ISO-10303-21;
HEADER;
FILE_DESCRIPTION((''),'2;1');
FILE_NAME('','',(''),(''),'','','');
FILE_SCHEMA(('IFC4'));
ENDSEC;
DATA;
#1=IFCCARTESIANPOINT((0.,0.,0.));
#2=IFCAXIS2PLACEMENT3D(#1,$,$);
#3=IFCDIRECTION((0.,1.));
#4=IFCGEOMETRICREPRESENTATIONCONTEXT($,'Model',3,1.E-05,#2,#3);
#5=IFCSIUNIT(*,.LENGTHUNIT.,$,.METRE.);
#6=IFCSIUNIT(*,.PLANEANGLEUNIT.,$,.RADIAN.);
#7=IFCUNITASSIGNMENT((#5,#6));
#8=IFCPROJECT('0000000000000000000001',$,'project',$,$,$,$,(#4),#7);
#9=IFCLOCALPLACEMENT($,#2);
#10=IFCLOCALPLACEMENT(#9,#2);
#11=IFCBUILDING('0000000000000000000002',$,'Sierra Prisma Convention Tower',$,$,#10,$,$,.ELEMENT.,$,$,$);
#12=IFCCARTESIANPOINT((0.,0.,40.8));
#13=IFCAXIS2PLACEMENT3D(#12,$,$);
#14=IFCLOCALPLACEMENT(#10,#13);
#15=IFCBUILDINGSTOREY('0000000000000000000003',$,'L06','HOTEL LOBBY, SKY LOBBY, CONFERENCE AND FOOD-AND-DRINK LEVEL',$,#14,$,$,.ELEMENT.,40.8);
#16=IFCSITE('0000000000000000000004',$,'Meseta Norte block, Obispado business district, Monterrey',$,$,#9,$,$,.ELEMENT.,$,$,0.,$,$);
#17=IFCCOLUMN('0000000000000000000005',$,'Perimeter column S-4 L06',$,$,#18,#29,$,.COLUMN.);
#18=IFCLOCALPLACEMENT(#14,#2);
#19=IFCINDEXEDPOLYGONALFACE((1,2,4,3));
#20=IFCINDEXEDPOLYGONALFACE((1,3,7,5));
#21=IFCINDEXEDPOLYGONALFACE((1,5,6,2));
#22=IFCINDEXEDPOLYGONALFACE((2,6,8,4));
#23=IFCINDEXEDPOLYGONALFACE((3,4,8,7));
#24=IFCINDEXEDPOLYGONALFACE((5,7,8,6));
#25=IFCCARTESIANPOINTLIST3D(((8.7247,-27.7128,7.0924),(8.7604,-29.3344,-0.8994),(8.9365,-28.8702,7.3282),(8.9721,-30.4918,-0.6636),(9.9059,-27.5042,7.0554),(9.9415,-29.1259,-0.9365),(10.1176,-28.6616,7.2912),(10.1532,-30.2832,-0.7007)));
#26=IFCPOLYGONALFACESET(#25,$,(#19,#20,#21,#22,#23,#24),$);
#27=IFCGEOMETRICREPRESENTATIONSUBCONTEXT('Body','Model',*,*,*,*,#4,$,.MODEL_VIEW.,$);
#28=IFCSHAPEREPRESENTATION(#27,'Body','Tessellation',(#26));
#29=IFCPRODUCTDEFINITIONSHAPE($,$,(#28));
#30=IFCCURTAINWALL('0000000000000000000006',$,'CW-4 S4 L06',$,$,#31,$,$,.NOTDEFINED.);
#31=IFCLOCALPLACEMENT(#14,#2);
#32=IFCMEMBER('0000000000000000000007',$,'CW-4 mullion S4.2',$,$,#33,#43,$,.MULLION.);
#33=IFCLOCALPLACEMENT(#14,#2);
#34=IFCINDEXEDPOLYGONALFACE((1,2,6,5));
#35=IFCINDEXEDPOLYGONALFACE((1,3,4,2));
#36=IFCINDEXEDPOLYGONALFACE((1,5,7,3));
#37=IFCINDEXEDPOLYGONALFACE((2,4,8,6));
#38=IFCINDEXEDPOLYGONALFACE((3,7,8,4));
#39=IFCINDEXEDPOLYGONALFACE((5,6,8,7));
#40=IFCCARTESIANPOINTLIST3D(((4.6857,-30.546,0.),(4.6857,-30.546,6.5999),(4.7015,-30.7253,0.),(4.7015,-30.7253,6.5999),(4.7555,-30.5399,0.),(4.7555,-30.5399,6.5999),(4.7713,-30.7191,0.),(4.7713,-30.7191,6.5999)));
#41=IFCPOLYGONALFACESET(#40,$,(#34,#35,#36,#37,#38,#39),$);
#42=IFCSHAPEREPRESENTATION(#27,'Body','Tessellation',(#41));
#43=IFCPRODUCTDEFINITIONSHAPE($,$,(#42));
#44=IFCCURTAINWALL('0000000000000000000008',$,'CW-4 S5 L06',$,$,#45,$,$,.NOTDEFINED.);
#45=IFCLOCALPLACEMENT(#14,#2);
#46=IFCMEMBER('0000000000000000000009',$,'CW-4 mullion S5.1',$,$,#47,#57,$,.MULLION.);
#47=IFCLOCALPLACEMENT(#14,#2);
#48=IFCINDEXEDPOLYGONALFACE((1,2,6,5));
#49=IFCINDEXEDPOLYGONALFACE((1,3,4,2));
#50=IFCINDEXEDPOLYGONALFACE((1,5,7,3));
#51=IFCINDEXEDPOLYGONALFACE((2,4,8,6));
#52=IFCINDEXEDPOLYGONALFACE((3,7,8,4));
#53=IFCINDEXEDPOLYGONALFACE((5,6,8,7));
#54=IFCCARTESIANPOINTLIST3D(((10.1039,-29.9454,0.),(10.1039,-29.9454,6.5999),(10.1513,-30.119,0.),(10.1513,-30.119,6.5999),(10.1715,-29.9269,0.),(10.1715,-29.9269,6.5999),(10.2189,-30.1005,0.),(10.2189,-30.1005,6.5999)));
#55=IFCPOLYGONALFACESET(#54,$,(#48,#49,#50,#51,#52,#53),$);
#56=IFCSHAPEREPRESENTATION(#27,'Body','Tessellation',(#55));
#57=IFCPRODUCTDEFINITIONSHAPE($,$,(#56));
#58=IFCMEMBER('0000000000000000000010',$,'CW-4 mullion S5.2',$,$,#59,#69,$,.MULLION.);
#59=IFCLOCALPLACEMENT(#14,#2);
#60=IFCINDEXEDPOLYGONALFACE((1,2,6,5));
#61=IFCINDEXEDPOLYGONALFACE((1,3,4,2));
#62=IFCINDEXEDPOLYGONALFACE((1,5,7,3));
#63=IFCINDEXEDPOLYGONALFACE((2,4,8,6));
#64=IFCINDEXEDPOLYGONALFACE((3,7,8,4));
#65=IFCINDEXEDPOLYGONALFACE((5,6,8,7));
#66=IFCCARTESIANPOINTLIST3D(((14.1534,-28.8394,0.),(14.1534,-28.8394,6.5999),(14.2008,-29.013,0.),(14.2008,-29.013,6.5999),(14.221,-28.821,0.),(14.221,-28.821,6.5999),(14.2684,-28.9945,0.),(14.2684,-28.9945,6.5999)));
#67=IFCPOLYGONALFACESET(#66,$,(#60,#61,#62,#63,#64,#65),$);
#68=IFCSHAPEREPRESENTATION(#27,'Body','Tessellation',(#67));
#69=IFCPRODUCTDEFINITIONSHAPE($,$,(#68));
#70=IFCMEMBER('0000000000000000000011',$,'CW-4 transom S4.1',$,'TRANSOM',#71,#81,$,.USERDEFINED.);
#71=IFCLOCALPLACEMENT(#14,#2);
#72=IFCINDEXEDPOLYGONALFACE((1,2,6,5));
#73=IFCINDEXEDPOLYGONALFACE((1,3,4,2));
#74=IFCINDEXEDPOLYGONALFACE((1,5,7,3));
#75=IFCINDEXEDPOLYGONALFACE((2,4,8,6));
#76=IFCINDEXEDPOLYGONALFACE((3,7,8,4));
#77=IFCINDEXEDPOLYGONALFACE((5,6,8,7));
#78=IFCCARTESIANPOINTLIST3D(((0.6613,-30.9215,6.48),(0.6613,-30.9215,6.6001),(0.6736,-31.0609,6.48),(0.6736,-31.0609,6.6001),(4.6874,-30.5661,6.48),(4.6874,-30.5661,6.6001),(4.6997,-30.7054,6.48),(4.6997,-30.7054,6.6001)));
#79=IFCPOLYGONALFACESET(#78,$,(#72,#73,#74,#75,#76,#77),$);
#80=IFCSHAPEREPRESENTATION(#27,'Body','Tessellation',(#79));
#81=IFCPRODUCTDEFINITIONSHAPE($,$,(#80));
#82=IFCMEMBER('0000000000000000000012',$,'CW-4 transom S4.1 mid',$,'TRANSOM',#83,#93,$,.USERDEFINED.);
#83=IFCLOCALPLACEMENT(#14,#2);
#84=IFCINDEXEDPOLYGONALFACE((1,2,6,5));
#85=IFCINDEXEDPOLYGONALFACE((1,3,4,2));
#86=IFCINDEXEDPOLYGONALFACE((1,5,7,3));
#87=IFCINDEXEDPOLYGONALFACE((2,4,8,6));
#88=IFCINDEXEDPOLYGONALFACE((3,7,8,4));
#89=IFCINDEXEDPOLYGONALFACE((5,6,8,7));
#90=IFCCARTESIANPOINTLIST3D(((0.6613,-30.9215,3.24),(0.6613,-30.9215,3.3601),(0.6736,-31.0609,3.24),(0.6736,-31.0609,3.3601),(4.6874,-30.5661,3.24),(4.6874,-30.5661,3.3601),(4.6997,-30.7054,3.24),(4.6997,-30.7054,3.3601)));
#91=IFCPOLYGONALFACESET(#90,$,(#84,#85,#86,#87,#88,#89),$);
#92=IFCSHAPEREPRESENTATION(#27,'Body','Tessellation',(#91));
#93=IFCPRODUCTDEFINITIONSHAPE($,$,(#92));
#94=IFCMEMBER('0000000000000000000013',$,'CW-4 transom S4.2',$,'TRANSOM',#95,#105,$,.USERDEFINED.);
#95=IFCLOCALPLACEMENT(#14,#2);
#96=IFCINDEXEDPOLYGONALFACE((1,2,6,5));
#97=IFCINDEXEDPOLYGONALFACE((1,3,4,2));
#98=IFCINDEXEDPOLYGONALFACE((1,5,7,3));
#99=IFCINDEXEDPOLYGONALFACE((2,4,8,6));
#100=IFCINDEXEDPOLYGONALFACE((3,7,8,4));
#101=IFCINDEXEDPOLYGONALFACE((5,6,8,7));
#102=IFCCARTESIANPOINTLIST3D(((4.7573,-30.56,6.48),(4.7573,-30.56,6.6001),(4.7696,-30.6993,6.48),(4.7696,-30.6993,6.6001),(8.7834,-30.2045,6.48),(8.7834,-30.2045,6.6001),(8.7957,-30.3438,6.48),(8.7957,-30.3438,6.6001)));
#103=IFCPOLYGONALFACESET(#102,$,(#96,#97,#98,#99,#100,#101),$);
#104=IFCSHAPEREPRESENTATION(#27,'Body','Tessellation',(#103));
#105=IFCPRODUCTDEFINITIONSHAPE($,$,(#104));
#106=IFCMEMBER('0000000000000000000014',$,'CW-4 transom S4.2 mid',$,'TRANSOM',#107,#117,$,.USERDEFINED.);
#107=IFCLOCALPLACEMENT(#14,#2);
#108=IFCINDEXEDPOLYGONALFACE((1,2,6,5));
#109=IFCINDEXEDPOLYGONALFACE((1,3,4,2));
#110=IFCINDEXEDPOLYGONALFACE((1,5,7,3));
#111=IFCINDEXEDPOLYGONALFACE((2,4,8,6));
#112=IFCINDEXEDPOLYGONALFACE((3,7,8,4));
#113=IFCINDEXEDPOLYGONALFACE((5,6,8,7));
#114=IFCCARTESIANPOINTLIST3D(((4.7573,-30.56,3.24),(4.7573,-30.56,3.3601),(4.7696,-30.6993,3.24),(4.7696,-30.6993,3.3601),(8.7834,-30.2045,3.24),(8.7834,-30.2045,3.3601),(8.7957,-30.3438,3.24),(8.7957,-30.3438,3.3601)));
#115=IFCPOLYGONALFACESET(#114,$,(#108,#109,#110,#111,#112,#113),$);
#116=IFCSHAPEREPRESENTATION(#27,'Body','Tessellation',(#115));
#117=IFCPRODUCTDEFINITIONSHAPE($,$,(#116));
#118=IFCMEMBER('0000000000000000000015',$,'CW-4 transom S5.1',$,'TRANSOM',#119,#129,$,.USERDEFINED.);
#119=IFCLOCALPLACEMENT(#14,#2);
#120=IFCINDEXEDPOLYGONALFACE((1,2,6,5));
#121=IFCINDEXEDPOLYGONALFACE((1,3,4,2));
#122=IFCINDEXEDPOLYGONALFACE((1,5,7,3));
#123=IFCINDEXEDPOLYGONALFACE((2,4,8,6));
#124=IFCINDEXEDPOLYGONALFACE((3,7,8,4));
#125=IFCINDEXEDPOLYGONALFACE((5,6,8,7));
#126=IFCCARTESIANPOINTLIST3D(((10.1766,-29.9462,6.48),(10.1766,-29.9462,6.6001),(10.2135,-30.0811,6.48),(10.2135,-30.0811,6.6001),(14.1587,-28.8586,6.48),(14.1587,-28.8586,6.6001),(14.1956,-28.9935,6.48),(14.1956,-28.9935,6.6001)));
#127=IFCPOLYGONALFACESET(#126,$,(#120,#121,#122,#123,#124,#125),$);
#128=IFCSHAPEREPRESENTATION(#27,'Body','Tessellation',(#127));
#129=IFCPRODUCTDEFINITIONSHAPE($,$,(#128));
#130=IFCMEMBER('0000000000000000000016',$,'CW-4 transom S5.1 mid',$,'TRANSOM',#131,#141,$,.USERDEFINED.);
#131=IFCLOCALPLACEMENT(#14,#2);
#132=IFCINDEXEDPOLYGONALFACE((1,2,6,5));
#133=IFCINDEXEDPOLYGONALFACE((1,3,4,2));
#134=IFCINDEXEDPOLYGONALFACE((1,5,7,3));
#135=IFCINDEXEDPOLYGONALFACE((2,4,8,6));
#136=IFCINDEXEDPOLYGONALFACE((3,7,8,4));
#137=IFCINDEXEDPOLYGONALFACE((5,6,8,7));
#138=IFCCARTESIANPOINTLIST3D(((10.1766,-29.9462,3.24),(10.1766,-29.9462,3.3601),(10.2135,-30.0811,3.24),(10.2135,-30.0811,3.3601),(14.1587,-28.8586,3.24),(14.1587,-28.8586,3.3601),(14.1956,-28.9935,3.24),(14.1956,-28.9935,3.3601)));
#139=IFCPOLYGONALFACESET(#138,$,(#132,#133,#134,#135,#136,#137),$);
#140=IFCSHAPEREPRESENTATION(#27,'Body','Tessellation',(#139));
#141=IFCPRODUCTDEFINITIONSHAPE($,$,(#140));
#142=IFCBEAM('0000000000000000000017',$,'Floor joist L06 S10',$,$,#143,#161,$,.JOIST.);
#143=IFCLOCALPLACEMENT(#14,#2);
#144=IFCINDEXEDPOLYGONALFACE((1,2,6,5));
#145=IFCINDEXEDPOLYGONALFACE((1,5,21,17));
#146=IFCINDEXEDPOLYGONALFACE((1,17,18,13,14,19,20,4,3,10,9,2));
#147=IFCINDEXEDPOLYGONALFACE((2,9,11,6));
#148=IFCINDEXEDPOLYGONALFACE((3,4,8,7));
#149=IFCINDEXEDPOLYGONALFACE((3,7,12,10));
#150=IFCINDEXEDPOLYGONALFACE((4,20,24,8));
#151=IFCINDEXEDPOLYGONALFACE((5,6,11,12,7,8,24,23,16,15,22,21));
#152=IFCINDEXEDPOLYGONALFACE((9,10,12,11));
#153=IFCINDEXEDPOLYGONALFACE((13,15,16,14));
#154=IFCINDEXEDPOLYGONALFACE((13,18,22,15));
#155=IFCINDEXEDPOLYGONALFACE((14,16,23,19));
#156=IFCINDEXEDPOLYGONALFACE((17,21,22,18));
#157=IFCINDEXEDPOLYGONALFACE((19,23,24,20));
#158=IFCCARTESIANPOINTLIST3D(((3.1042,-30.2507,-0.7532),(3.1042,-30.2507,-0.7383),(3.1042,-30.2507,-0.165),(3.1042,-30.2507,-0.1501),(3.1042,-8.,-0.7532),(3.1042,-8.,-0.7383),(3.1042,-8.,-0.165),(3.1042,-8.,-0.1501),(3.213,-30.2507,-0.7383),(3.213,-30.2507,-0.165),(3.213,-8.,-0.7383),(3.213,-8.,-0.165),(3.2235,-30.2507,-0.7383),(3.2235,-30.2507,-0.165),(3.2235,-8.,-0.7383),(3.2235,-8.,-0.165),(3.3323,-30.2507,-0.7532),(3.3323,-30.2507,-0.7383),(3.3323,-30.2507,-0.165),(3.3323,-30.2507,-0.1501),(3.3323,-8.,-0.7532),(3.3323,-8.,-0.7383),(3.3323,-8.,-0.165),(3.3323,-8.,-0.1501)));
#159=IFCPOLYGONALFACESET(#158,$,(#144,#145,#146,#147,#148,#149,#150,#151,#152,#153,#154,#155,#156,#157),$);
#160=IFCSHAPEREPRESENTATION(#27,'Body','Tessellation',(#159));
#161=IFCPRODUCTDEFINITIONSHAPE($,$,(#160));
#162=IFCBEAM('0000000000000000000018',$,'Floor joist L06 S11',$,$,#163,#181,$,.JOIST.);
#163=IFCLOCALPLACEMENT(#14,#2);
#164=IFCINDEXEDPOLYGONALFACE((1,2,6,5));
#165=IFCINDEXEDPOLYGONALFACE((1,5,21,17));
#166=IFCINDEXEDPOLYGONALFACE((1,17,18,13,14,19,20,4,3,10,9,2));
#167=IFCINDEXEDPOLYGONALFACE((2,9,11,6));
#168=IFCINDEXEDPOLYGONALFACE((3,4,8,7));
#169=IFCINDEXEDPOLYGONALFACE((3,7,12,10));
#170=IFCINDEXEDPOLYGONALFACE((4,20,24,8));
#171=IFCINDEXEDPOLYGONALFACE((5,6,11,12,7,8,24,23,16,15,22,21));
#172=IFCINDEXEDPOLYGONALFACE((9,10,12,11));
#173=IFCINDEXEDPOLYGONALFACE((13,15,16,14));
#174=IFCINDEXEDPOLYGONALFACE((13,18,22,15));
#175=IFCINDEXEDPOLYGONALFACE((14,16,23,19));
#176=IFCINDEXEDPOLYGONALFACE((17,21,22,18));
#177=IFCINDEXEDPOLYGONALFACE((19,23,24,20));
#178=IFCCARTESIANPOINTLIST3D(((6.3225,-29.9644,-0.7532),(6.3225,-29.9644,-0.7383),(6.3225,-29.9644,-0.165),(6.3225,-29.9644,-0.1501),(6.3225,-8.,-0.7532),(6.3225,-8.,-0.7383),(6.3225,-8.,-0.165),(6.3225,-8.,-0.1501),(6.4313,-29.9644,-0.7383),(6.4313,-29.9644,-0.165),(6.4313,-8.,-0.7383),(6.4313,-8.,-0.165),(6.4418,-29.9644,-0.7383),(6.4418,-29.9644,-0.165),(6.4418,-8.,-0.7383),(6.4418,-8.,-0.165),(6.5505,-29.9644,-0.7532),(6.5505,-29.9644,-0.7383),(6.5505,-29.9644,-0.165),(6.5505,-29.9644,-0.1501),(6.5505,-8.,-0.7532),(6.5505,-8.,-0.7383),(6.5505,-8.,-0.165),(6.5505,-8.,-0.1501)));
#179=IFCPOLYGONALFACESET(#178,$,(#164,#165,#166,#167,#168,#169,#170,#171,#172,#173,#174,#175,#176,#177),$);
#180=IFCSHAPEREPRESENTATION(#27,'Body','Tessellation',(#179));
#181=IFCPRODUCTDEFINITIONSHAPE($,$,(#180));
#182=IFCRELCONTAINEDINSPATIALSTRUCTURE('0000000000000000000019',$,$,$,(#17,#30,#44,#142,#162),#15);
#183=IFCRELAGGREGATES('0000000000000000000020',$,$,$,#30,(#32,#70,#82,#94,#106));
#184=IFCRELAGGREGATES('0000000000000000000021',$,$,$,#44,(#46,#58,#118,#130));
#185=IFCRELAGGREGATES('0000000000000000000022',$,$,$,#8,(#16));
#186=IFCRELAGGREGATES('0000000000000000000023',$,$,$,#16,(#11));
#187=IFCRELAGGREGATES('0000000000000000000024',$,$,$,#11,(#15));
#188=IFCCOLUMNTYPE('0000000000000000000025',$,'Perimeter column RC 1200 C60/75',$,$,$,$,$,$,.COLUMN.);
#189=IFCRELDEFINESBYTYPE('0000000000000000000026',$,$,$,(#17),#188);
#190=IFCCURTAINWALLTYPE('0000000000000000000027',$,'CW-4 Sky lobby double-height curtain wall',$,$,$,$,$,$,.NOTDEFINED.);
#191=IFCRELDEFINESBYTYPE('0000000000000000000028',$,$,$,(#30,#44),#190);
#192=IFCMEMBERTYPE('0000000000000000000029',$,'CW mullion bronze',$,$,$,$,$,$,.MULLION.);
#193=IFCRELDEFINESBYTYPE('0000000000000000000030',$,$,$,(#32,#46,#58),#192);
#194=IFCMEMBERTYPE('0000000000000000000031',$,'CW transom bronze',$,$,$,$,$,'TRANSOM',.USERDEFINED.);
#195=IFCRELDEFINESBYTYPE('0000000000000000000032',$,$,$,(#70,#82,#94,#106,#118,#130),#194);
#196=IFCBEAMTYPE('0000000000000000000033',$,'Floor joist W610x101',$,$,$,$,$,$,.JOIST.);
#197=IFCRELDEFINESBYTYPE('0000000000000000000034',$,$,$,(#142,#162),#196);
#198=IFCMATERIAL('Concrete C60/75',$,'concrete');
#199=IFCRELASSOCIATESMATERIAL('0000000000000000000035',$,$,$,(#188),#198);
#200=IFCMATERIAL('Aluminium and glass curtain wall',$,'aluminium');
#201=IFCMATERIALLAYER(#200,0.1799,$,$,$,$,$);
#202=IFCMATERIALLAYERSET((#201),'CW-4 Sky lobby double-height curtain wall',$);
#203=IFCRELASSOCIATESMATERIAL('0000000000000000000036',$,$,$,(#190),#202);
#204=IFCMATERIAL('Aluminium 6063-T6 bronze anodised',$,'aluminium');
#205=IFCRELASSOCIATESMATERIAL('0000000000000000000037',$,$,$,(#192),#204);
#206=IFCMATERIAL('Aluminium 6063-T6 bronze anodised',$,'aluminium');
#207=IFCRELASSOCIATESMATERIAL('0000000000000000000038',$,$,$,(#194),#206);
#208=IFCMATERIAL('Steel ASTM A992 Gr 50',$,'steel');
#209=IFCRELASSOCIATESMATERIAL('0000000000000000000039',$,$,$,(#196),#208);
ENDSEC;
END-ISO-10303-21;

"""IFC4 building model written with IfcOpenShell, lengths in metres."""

from ifc_helpers import new_model, si_unit, direction, frame, origin, origin_2d, place, context, subcontext, project, spatial, rectangle, i_section, extrude, clip, halfspace, material, layer, layer_set, material_profile, profile_set, type_object, element, aggregate, save


model = new_model("IFC4")

# Units and contexts
model_context = context("Model", 3, precision=1e-05, world=origin(), true_north=direction((0.0, 1.0)))
body_context = subcontext(model_context, "Body", "Model", "MODEL_VIEW")
ifc_project = project(units=[si_unit("LENGTHUNIT", "METRE"), si_unit("PLANEANGLEUNIT", "RADIAN")], contexts=[model_context])

# Site, building, storey
site_placement = place(None, origin())
site = spatial("IfcSite", under=ifc_project, at=site_placement, Name="Meseta Norte block, Obispado business district, Monterrey", CompositionType="ELEMENT", RefElevation=0.0)
building_placement = place(site_placement, origin())
building = spatial("IfcBuilding", under=site, at=building_placement, Name="Sierra Prisma Convention Tower", CompositionType="ELEMENT")
storey_placement = place(building_placement, frame((0.0, 0.0, 40.8)))
storey = spatial("IfcBuildingStorey", under=building, at=storey_placement, Name="L06", Description="HOTEL LOBBY, SKY LOBBY, CONFERENCE AND FOOD-AND-DRINK LEVEL", CompositionType="ELEMENT", Elevation=40.8)

# Column
ifc_material_1 = material(Name="Concrete C60/75", Category="concrete")
ifc_material_profile_1 = material_profile(ifc_material_1, rectangle(XDim=1.2, YDim=1.2, at=origin_2d()), Name="Perimeter column RC 1200 C60/75")
ifc_profile_set_1 = profile_set([ifc_material_profile_1], Name="Concrete C60/75")
column_type = type_object("IfcColumnType", Name="Perimeter column RC 1200 C60/75", PredefinedType="COLUMN", material=ifc_profile_set_1)
column_placement = place(storey_placement, frame((9.4568, -29.8088, -0.8), z_axis=(-0.004367, 0.198857, 0.980019), x_axis=(0.984295, 0.173808, -0.030882)))
element("IfcColumn", 1, at=column_placement, inside=storey, type_object=column_type, Name="Perimeter column S-4 L06", PredefinedType="COLUMN", context=body_context, shape_type="SweptSolid", body=[
    clip(extrude(rectangle(XDim=1.2, YDim=1.2, at=origin_2d()), origin(), (0.0, 0.0, 1.0), 8.1631), halfspace(frame((0.0, 0.0, 8.1548)), False)),
])

# Curtain wall, member
ifc_material_2 = material(Name="Aluminium and glass curtain wall", Category="aluminium")
ifc_layer_1 = layer(ifc_material_2, 0.1799)
ifc_layer_set_1 = layer_set([ifc_layer_1], Name="CW-4 Sky lobby double-height curtain wall")
curtain_wall_type = type_object("IfcCurtainWallType", Name="CW-4 Sky lobby double-height curtain wall", PredefinedType="NOTDEFINED", material=ifc_layer_set_1)
curtain_wall_1_placement = place(storey_placement, origin())
curtain_wall_1 = element("IfcCurtainWall", 2, at=curtain_wall_1_placement, inside=storey, type_object=curtain_wall_type, Name="CW-4 S4 L06", PredefinedType="NOTDEFINED")
ifc_material_3 = material(Name="Aluminium 6063-T6 bronze anodised", Category="aluminium")
ifc_material_profile_2 = material_profile(ifc_material_3, rectangle(XDim=0.1799, YDim=0.0701, at=origin_2d()), Name="ALU MULLION 70x180")
ifc_profile_set_2 = profile_set([ifc_material_profile_2], Name="Aluminium 6063-T6 bronze anodised")
member_type_1 = type_object("IfcMemberType", Name="CW mullion bronze", PredefinedType="MULLION", material=ifc_profile_set_2)
member_1_placement = place(storey_placement, frame((4.7285, -30.6326, 0.0), z_axis=(0.0, 0.0, 1.0), x_axis=(-0.087926, 0.996127, 0.0)))
member_1 = element("IfcMember", 3, at=member_1_placement, type_object=member_type_1, Name="CW-4 mullion S4.2", PredefinedType="MULLION", context=body_context, shape_type="SweptSolid", body=[
    extrude(rectangle(XDim=0.1799, YDim=0.0701, at=origin_2d()), origin(), (0.0, 0.0, 1.0), 6.5999),
])

# Curtain wall, members
curtain_wall_2_placement = place(storey_placement, origin())
curtain_wall_2 = element("IfcCurtainWall", 4, at=curtain_wall_2_placement, inside=storey, type_object=curtain_wall_type, Name="CW-4 S5 L06", PredefinedType="NOTDEFINED")
member_2_placement = place(storey_placement, frame((10.1614, -30.0229, 0.0), z_axis=(0.0, 0.0, 1.0), x_axis=(-0.263456, 0.964671, 0.0)))
member_2 = element("IfcMember", 5, at=member_2_placement, type_object=member_type_1, Name="CW-4 mullion S5.1", PredefinedType="MULLION", context=body_context, shape_type="SweptSolid", body=[
    extrude(rectangle(XDim=0.1799, YDim=0.0701, at=origin_2d()), origin(), (0.0, 0.0, 1.0), 6.5999),
])
member_3_placement = place(storey_placement, frame((14.2109, -28.917, 0.0), z_axis=(0.0, 0.0, 1.0), x_axis=(-0.263456, 0.964671, 0.0)))
member_3 = element("IfcMember", 6, at=member_3_placement, type_object=member_type_1, Name="CW-4 mullion S5.2", PredefinedType="MULLION", context=body_context, shape_type="SweptSolid", body=[
    extrude(rectangle(XDim=0.1799, YDim=0.0701, at=origin_2d()), origin(), (0.0, 0.0, 1.0), 6.5999),
])

# Members
ifc_material_4 = material(Name="Aluminium 6063-T6 bronze anodised", Category="aluminium")
ifc_material_profile_3 = material_profile(ifc_material_4, rectangle(XDim=0.1399, YDim=0.1201, at=origin_2d()), Name="ALU TRANSOM 120x140")
ifc_profile_set_3 = profile_set([ifc_material_profile_3], Name="Aluminium 6063-T6 bronze anodised")
member_type_2 = type_object("IfcMemberType", Name="CW transom bronze", ElementType="TRANSOM", PredefinedType="USERDEFINED", material=ifc_profile_set_3)
member_4_placement = place(storey_placement, frame((0.6675, -30.9912, 6.54), z_axis=(0.996125, 0.087948, 0.0), x_axis=(-0.087948, 0.996125, 0.0)))
member_4 = element("IfcMember", 7, at=member_4_placement, type_object=member_type_2, Name="CW-4 transom S4.1", ObjectType="TRANSOM", PredefinedType="USERDEFINED", context=body_context, shape_type="SweptSolid", body=[
    extrude(rectangle(XDim=0.1399, YDim=0.1201, at=origin_2d()), origin(), (0.0, 0.0, 1.0), 4.0417),
])
member_5_placement = place(storey_placement, frame((0.6675, -30.9912, 3.3), z_axis=(0.996125, 0.087948, 0.0), x_axis=(-0.087948, 0.996125, 0.0)))
member_5 = element("IfcMember", 8, at=member_5_placement, type_object=member_type_2, Name="CW-4 transom S4.1 mid", ObjectType="TRANSOM", PredefinedType="USERDEFINED", context=body_context, shape_type="SweptSolid", body=[
    extrude(rectangle(XDim=0.1399, YDim=0.1201, at=origin_2d()), origin(), (0.0, 0.0, 1.0), 4.0417),
])
member_6_placement = place(storey_placement, frame((4.7634, -30.6296, 6.54), z_axis=(0.996125, 0.087948, 0.0), x_axis=(-0.087948, 0.996125, 0.0)))
member_6 = element("IfcMember", 9, at=member_6_placement, type_object=member_type_2, Name="CW-4 transom S4.2", ObjectType="TRANSOM", PredefinedType="USERDEFINED", context=body_context, shape_type="SweptSolid", body=[
    extrude(rectangle(XDim=0.1399, YDim=0.1201, at=origin_2d()), origin(), (0.0, 0.0, 1.0), 4.0417),
])
member_7_placement = place(storey_placement, frame((4.7634, -30.6296, 3.3), z_axis=(0.996125, 0.087948, 0.0), x_axis=(-0.087948, 0.996125, 0.0)))
member_7 = element("IfcMember", 10, at=member_7_placement, type_object=member_type_2, Name="CW-4 transom S4.2 mid", ObjectType="TRANSOM", PredefinedType="USERDEFINED", context=body_context, shape_type="SweptSolid", body=[
    extrude(rectangle(XDim=0.1399, YDim=0.1201, at=origin_2d()), origin(), (0.0, 0.0, 1.0), 4.0417),
])
member_8_placement = place(storey_placement, frame((10.1951, -30.0137, 6.54), z_axis=(0.964665, 0.263478, 0.0), x_axis=(-0.263478, 0.964665, 0.0)))
member_8 = element("IfcMember", 11, at=member_8_placement, type_object=member_type_2, Name="CW-4 transom S5.1", ObjectType="TRANSOM", PredefinedType="USERDEFINED", context=body_context, shape_type="SweptSolid", body=[
    extrude(rectangle(XDim=0.1399, YDim=0.1201, at=origin_2d()), origin(), (0.0, 0.0, 1.0), 4.1279),
])
member_9_placement = place(storey_placement, frame((10.1951, -30.0137, 3.3), z_axis=(0.964665, 0.263478, 0.0), x_axis=(-0.263478, 0.964665, 0.0)))
member_9 = element("IfcMember", 12, at=member_9_placement, type_object=member_type_2, Name="CW-4 transom S5.1 mid", ObjectType="TRANSOM", PredefinedType="USERDEFINED", context=body_context, shape_type="SweptSolid", body=[
    extrude(rectangle(XDim=0.1399, YDim=0.1201, at=origin_2d()), origin(), (0.0, 0.0, 1.0), 4.1279),
])

# Beams
ifc_material_5 = material(Name="Steel ASTM A992 Gr 50", Category="steel")
ifc_material_profile_4 = material_profile(ifc_material_5, i_section(OverallWidth=0.228, OverallDepth=0.603, WebThickness=0.0105, FlangeThickness=0.0149, at=origin_2d()), Name="W610x101")
ifc_profile_set_4 = profile_set([ifc_material_profile_4], Name="Steel ASTM A992 Gr 50")
beam_type_1 = type_object("IfcBeamType", Name="Floor joist W610x101", PredefinedType="JOIST", material=ifc_profile_set_4)
beam_1_placement = place(storey_placement, frame((3.2183, -30.2507, -0.4517), z_axis=(0.0, 1.0, 0.0), x_axis=(-1.0, 0.0, 0.0)))
element("IfcBeam", 13, at=beam_1_placement, inside=storey, type_object=beam_type_1, Name="Floor joist L06 S10", PredefinedType="JOIST", context=body_context, shape_type="SweptSolid", body=[
    extrude(i_section(OverallWidth=0.228, OverallDepth=0.603, WebThickness=0.0105, FlangeThickness=0.0149, at=origin_2d()), origin(), (0.0, 0.0, 1.0), 22.2507),
])
beam_2_placement = place(storey_placement, frame((6.4365, -29.9644, -0.4517), z_axis=(0.0, 1.0, 0.0), x_axis=(-1.0, 0.0, 0.0)))
element("IfcBeam", 14, at=beam_2_placement, inside=storey, type_object=beam_type_1, Name="Floor joist L06 S11", PredefinedType="JOIST", context=body_context, shape_type="SweptSolid", body=[
    extrude(i_section(OverallWidth=0.228, OverallDepth=0.603, WebThickness=0.0105, FlangeThickness=0.0149, at=origin_2d()), origin(), (0.0, 0.0, 1.0), 21.9644),
])

aggregate(curtain_wall_1, [member_1, member_4, member_5, member_6, member_7])
aggregate(curtain_wall_2, [member_2, member_3, member_8, member_9])

save(model, "model.ifc")
